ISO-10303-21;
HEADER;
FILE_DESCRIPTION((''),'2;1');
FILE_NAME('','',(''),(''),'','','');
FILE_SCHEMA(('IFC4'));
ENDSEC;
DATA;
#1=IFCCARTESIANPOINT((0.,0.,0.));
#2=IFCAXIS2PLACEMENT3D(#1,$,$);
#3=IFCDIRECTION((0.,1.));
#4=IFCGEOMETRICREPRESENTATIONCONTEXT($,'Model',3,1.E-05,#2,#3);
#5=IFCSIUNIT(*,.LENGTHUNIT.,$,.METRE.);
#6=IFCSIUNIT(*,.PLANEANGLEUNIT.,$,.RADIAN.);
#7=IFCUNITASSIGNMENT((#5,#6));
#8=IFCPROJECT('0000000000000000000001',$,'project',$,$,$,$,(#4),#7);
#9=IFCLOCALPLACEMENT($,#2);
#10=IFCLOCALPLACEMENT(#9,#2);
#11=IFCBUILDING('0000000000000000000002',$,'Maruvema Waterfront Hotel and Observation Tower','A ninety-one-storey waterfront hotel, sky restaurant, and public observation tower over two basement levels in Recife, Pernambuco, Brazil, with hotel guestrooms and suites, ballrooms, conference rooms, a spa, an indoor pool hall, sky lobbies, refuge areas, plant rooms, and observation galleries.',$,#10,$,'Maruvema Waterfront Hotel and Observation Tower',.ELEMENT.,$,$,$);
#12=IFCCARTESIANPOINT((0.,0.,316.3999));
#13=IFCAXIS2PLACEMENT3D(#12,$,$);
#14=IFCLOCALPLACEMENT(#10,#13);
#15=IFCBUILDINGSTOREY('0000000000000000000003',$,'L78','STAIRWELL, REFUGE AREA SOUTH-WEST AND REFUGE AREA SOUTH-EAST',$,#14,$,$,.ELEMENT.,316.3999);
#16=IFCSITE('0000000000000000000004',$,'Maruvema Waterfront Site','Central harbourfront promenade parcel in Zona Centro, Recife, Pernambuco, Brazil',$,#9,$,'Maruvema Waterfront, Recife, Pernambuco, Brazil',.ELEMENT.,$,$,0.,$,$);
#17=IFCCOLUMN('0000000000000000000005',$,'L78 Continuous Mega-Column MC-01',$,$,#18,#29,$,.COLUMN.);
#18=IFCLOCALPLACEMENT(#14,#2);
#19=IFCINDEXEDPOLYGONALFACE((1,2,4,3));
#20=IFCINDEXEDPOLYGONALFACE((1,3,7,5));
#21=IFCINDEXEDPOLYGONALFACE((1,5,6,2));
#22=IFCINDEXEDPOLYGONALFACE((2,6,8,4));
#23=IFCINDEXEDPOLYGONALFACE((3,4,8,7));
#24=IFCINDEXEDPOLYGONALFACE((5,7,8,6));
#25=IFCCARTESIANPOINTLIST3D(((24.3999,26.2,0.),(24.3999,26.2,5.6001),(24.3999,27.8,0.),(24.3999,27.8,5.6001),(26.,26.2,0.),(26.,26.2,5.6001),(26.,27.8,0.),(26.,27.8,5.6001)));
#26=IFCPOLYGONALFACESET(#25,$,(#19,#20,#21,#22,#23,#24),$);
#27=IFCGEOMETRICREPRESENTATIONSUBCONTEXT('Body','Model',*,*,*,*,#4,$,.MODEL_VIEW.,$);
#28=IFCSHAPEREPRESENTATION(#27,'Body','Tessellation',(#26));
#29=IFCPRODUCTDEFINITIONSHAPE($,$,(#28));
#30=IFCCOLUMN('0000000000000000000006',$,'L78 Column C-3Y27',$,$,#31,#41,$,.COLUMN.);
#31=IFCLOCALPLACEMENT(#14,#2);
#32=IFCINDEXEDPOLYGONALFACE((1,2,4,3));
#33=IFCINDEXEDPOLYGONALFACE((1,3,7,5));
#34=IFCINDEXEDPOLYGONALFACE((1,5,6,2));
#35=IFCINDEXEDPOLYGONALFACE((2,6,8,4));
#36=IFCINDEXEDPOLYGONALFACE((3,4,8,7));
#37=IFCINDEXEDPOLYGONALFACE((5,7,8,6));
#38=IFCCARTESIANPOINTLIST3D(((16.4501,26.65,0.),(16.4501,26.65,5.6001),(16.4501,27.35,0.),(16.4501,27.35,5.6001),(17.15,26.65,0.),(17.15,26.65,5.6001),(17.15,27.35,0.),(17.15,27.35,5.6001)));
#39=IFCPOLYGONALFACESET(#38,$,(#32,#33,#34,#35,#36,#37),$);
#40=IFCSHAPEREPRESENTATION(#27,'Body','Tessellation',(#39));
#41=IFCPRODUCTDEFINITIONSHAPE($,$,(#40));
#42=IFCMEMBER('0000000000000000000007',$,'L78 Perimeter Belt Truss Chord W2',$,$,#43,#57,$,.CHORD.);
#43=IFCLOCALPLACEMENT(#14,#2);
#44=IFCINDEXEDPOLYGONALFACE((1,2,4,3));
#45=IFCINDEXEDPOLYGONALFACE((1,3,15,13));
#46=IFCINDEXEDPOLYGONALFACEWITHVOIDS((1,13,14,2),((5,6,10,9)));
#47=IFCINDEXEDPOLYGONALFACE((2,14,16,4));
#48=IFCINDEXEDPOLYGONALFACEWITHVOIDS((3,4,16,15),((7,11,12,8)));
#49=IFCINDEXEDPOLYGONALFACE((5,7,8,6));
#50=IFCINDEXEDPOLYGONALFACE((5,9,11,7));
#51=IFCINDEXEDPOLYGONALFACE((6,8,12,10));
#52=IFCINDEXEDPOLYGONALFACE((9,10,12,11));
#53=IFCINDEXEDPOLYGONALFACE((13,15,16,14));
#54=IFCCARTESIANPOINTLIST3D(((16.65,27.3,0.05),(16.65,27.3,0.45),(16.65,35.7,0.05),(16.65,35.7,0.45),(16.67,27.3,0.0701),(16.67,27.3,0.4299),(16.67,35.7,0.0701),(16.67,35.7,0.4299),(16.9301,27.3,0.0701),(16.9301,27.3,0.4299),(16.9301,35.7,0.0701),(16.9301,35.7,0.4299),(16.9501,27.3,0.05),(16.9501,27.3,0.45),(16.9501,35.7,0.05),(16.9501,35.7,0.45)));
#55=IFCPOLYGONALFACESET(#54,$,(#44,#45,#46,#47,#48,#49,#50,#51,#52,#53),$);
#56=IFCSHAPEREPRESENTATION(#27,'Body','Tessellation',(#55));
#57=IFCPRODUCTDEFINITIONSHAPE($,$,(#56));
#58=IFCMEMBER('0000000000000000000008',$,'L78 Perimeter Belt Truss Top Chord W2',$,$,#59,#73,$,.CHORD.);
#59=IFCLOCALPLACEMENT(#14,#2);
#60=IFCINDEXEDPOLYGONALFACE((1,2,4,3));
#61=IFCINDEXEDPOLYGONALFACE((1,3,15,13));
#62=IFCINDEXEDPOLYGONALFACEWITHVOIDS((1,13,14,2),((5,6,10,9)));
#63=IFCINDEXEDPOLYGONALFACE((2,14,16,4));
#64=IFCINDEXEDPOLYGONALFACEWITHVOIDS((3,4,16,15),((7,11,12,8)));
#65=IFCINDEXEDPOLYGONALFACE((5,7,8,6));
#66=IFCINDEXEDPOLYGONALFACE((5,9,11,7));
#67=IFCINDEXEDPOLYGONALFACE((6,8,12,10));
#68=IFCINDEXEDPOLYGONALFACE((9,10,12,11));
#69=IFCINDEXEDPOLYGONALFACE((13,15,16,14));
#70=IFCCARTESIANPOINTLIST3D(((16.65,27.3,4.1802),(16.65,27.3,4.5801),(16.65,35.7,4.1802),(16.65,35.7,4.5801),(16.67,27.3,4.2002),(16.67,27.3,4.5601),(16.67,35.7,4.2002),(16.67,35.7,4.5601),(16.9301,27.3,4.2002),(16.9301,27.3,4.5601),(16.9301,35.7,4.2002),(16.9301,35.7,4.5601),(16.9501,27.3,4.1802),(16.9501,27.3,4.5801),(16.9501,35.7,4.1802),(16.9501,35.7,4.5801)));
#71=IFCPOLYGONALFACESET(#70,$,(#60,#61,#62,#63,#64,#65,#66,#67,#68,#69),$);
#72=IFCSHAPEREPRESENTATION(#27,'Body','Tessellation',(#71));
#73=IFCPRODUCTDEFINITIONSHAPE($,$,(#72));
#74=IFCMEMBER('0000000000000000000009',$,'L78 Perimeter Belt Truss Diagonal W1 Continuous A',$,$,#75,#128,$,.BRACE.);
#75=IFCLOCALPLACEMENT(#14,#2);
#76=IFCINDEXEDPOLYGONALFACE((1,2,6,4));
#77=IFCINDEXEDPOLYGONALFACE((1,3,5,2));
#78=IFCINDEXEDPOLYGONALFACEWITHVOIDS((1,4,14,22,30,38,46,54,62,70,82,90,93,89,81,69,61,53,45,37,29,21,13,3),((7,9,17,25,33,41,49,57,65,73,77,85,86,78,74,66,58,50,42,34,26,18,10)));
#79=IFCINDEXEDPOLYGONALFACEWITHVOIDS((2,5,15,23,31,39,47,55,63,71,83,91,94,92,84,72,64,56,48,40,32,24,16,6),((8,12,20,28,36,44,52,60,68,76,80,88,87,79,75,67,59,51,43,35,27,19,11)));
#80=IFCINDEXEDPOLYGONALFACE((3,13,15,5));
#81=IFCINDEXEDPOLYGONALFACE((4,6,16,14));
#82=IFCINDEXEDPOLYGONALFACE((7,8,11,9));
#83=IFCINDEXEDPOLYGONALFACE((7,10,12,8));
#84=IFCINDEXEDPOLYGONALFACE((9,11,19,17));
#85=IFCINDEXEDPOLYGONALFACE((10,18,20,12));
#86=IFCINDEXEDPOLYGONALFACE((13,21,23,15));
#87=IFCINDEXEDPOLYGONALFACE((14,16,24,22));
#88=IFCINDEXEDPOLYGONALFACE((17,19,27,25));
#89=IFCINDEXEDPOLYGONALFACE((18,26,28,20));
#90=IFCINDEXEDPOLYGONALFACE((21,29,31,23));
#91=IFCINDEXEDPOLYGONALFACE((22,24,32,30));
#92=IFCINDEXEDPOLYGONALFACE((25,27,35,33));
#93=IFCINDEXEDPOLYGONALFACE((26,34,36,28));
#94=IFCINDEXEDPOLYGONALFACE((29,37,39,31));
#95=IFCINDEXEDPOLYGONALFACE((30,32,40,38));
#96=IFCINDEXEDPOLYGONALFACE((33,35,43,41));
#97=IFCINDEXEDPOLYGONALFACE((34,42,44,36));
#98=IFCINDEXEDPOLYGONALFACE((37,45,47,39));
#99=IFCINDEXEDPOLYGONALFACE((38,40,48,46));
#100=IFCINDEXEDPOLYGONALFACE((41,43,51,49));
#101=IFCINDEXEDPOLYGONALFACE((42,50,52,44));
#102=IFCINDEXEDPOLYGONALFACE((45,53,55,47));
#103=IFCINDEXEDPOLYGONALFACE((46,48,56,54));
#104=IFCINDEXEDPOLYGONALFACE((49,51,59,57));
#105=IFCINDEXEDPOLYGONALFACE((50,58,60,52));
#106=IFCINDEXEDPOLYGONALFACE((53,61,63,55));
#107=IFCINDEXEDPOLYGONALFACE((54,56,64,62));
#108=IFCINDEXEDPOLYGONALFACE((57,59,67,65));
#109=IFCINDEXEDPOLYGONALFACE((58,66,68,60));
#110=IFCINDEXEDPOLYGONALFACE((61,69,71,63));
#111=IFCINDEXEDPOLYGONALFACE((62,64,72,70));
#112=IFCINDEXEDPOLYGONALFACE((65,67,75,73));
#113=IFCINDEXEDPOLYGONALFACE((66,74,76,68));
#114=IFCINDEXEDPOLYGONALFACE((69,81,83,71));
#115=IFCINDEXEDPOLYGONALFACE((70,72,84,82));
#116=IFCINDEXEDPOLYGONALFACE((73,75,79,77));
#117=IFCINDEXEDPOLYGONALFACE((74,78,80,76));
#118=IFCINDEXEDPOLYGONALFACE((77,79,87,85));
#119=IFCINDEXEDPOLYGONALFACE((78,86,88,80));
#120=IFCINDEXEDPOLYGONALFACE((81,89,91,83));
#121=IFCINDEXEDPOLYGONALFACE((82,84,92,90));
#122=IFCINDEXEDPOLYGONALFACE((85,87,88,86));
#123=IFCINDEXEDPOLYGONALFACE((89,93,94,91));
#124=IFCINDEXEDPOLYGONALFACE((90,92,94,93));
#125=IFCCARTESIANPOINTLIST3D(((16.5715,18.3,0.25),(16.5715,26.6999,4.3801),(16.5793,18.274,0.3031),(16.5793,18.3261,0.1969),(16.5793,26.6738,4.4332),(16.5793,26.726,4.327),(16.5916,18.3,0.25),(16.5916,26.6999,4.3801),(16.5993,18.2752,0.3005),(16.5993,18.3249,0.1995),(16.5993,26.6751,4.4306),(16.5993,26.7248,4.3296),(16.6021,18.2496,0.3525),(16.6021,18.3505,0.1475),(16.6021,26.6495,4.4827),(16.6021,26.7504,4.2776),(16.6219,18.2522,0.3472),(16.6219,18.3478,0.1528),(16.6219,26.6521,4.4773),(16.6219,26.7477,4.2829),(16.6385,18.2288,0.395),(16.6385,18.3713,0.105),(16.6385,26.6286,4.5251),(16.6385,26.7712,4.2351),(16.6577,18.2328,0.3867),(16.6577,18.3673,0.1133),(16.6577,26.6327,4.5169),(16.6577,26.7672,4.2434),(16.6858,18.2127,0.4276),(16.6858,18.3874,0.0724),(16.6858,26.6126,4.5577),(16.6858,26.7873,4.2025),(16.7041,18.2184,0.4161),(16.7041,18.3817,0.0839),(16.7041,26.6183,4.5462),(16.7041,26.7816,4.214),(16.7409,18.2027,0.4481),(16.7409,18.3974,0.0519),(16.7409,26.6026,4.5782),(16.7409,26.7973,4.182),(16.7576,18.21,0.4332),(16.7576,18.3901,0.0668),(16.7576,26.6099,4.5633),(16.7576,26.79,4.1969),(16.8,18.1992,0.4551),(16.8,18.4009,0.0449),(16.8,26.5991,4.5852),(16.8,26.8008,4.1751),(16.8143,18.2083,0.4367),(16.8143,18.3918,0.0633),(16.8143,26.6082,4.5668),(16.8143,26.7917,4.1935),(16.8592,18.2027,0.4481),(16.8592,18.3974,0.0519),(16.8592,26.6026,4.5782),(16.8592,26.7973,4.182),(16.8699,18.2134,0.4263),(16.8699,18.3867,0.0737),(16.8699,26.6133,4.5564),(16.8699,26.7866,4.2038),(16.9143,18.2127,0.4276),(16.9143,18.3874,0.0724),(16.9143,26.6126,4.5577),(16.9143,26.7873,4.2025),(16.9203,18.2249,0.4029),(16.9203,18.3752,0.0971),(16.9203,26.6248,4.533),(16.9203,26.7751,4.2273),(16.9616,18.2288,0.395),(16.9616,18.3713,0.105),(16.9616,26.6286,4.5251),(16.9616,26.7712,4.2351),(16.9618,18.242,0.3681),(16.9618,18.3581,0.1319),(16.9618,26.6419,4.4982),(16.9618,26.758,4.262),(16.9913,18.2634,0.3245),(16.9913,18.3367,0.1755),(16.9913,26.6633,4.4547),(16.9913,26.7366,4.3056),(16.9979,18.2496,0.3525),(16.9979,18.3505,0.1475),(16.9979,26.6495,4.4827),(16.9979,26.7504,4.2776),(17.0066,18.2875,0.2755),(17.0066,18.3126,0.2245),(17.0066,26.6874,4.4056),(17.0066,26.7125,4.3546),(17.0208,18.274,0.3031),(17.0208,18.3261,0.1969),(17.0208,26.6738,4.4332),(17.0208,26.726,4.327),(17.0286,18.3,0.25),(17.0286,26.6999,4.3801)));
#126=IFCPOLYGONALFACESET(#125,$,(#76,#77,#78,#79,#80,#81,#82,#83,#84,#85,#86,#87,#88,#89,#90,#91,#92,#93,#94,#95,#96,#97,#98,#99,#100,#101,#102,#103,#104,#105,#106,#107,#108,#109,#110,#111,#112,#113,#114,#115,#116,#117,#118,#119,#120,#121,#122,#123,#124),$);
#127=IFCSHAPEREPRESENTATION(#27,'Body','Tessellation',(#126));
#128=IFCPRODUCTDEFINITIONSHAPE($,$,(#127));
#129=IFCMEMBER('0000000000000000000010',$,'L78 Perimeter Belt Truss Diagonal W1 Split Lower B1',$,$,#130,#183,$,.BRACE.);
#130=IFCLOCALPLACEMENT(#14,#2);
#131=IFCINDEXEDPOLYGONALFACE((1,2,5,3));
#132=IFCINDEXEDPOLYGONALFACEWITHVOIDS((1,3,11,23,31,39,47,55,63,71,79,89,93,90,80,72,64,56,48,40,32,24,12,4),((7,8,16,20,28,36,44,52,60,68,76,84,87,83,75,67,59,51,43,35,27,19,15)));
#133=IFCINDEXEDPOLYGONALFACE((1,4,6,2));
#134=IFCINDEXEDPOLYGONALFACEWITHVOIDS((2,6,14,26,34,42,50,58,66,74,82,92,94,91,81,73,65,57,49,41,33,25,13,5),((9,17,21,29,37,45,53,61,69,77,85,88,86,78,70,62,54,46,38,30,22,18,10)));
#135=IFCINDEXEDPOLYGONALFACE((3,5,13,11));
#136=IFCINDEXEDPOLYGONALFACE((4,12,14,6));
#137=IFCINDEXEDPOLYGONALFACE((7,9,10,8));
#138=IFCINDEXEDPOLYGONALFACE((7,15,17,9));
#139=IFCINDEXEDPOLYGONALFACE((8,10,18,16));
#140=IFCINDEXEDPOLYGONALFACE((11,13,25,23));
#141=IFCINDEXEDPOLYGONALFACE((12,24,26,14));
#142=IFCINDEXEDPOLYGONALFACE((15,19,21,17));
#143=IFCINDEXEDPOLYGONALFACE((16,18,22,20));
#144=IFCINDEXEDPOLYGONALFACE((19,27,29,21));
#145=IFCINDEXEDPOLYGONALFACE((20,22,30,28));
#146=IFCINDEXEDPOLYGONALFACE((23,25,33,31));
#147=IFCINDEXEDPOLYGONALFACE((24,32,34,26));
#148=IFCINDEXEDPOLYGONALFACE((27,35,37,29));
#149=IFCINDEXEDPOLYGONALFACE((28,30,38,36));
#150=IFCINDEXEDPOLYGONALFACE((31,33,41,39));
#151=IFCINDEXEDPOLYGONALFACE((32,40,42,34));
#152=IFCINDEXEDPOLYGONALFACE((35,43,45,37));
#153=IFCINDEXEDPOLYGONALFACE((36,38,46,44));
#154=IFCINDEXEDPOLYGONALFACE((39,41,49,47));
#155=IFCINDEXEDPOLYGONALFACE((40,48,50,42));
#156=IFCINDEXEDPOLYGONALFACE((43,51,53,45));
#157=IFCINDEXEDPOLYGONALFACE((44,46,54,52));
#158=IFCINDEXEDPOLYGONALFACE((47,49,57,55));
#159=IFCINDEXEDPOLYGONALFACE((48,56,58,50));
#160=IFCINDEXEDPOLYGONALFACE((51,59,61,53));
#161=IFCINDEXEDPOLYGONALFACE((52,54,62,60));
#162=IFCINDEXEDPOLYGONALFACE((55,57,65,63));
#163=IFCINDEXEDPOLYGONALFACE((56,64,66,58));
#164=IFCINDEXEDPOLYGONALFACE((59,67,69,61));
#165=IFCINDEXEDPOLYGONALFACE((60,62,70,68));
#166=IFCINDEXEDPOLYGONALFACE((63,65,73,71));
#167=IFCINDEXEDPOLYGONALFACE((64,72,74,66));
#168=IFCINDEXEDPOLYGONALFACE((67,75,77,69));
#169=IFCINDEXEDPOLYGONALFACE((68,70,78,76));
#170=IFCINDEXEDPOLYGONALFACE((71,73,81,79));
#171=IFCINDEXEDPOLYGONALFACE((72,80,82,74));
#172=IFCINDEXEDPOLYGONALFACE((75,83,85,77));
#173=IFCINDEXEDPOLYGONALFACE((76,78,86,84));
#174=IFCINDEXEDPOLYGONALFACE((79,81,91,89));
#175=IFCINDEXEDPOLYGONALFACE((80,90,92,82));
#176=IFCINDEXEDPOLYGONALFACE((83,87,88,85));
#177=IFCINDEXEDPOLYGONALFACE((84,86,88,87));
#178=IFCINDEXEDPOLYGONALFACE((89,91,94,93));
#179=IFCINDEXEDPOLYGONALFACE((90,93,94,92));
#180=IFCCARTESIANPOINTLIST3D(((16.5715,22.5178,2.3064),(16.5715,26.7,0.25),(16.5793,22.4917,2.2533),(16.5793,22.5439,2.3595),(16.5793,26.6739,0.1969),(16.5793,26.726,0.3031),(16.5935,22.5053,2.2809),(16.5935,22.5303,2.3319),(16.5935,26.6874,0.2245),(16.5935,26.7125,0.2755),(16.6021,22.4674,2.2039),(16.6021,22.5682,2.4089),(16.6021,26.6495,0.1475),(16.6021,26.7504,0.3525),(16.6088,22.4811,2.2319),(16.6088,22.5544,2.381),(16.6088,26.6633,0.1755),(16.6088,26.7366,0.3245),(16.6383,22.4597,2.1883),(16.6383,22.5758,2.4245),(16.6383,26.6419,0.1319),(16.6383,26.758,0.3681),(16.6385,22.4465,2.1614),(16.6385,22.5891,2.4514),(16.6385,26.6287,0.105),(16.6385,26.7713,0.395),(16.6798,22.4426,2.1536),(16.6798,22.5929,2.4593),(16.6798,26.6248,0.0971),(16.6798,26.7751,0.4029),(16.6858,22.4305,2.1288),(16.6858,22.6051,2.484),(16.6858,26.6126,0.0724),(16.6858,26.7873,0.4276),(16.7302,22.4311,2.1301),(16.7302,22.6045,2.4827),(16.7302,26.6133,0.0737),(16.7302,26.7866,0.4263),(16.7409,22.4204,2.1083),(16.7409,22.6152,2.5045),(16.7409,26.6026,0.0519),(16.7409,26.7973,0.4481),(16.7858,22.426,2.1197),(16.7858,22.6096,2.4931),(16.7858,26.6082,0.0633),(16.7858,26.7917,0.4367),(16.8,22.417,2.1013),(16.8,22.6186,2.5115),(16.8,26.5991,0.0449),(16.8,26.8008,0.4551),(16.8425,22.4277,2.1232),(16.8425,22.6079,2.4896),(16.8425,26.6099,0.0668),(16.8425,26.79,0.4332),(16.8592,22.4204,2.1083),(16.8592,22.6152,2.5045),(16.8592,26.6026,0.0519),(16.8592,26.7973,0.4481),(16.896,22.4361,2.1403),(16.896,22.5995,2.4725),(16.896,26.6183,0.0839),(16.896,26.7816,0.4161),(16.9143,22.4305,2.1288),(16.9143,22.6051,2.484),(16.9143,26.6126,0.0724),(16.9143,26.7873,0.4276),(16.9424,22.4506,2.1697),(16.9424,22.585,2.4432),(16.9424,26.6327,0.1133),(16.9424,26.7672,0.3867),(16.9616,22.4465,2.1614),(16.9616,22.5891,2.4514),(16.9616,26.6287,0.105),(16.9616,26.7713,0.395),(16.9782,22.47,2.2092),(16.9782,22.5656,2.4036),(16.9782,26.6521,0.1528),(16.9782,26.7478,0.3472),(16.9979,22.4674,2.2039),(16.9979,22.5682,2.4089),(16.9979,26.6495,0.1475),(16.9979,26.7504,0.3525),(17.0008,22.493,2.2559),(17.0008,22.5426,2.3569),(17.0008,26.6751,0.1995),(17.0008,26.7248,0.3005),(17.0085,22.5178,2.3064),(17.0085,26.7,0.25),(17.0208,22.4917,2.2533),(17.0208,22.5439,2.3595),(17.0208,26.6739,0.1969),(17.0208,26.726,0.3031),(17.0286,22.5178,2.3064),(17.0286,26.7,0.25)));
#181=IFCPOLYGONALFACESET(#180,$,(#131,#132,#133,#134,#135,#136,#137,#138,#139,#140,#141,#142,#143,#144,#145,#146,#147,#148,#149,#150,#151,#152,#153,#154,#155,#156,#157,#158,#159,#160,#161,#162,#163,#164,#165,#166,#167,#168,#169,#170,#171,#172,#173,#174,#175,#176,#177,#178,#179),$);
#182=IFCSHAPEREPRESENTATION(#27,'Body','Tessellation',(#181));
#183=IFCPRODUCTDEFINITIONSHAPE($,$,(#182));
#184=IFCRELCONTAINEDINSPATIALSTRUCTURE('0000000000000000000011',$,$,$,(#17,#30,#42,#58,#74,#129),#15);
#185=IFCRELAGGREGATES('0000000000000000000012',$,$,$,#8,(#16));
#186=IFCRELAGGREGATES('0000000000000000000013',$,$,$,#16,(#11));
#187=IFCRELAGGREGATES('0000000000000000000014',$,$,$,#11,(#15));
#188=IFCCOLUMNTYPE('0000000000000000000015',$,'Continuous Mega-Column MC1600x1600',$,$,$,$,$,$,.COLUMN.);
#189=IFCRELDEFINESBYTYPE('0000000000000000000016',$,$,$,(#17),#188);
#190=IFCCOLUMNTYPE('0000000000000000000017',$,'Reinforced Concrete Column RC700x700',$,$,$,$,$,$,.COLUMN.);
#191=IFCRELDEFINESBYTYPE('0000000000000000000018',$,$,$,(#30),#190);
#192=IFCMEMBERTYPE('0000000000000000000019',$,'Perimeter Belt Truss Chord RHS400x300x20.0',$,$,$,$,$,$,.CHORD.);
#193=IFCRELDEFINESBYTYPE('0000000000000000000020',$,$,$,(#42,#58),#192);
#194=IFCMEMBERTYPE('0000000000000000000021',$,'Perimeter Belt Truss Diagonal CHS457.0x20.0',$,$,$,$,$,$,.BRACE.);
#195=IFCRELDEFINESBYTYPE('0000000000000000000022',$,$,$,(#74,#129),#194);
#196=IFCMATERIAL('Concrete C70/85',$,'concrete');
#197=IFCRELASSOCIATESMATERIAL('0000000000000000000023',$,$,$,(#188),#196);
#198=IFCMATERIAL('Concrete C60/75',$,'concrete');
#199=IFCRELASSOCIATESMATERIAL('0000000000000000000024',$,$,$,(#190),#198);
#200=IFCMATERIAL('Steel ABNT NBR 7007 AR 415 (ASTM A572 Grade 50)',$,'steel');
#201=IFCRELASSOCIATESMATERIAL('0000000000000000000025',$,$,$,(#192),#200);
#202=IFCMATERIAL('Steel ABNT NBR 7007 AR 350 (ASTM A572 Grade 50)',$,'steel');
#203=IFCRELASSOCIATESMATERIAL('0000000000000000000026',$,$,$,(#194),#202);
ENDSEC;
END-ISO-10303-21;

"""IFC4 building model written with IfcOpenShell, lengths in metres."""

from ifc_helpers import new_model, si_unit, direction, frame, origin, origin_2d, place, context, subcontext, project, spatial, rectangle, hollow_rectangle, hollow_circle, extrude, material, material_profile, profile_set, type_object, element, save


model = new_model("IFC4")

# Units and contexts
model_context = context("Model", 3, precision=1e-05, world=origin(), true_north=direction((0.0, 1.0)))
body_context = subcontext(model_context, "Body", "Model", "MODEL_VIEW")
ifc_project = project(units=[si_unit("LENGTHUNIT", "METRE"), si_unit("PLANEANGLEUNIT", "RADIAN")], contexts=[model_context])

# Site, building, storey
site_placement = place(None, origin())
site = spatial("IfcSite", under=ifc_project, at=site_placement, Name="Maruvema Waterfront Site", Description="Central harbourfront promenade parcel in Zona Centro, Recife, Pernambuco, Brazil", LongName="Maruvema Waterfront, Recife, Pernambuco, Brazil", CompositionType="ELEMENT", RefElevation=0.0)
building_placement = place(site_placement, origin())
building = spatial("IfcBuilding", under=site, at=building_placement, Name="Maruvema Waterfront Hotel and Observation Tower", Description="A ninety-one-storey waterfront hotel, sky restaurant, and public observation tower over two basement levels in Recife, Pernambuco, Brazil, with hotel guestrooms and suites, ballrooms, conference rooms, a spa, an indoor pool hall, sky lobbies, refuge areas, plant rooms, and observation galleries.", LongName="Maruvema Waterfront Hotel and Observation Tower", CompositionType="ELEMENT")
storey_placement = place(building_placement, frame((0.0, 0.0, 316.3999)))
storey = spatial("IfcBuildingStorey", under=building, at=storey_placement, Name="L78", Description="STAIRWELL, REFUGE AREA SOUTH-WEST AND REFUGE AREA SOUTH-EAST", CompositionType="ELEMENT", Elevation=316.3999)

# Columns
ifc_material_1 = material(Name="Concrete C70/85", Category="concrete")
ifc_material_profile_1 = material_profile(ifc_material_1, rectangle(XDim=1.6001, YDim=1.6001, at=origin_2d()), Name="MC1600x1600")
ifc_profile_set_1 = profile_set([ifc_material_profile_1], Name="Concrete C70/85")
column_type_1 = type_object("IfcColumnType", Name="Continuous Mega-Column MC1600x1600", PredefinedType="COLUMN", material=ifc_profile_set_1)
column_1_placement = place(storey_placement, frame((25.2, 27.0, 0.0), z_axis=(0.0, 0.0, 1.0), x_axis=(1.0, 0.0, 0.0)))
element("IfcColumn", 1, at=column_1_placement, inside=storey, type_object=column_type_1, Name="L78 Continuous Mega-Column MC-01", PredefinedType="COLUMN", context=body_context, shape_type="SweptSolid", body=[
    extrude(rectangle(XDim=1.6001, YDim=1.6001, at=origin_2d()), origin(), (0.0, 0.0, 1.0), 5.6001),
])
ifc_material_2 = material(Name="Concrete C60/75", Category="concrete")
ifc_material_profile_2 = material_profile(ifc_material_2, rectangle(XDim=0.7, YDim=0.7, at=origin_2d()), Name="RC700x700")
ifc_profile_set_2 = profile_set([ifc_material_profile_2], Name="Concrete C60/75")
column_type_2 = type_object("IfcColumnType", Name="Reinforced Concrete Column RC700x700", PredefinedType="COLUMN", material=ifc_profile_set_2)
column_2_placement = place(storey_placement, frame((16.8, 27.0, 0.0), z_axis=(0.0, 0.0, 1.0), x_axis=(1.0, 0.0, 0.0)))
element("IfcColumn", 2, at=column_2_placement, inside=storey, type_object=column_type_2, Name="L78 Column C-3Y27", PredefinedType="COLUMN", context=body_context, shape_type="SweptSolid", body=[
    extrude(rectangle(XDim=0.7, YDim=0.7, at=origin_2d()), origin(), (0.0, 0.0, 1.0), 5.6001),
])

# Members
ifc_material_3 = material(Name="Steel ABNT NBR 7007 AR 415 (ASTM A572 Grade 50)", Category="steel")
ifc_material_profile_3 = material_profile(ifc_material_3, hollow_rectangle(XDim=0.3, YDim=0.3999, WallThickness=0.02, at=origin_2d()), Name="RHS400x300x20.0")
ifc_profile_set_3 = profile_set([ifc_material_profile_3], Name="Steel ABNT NBR 7007 AR 415 (ASTM A572 Grade 50)")
member_type_1 = type_object("IfcMemberType", Name="Perimeter Belt Truss Chord RHS400x300x20.0", PredefinedType="CHORD", material=ifc_profile_set_3)
for number, where, z_axis, x_axis, name in (
    (3, (16.8, 27.3, 0.25), (0.0, 1.0, 0.0), (-1.0, 0.0, 0.0), "L78 Perimeter Belt Truss Chord W2"),
    (4, (16.8, 27.3, 4.3801), (0.0, 1.0, 0.0), (-1.0, 0.0, 0.0), "L78 Perimeter Belt Truss Top Chord W2"),
):
    element("IfcMember", number, at=place(storey_placement, frame(where, z_axis=z_axis, x_axis=x_axis)), inside=storey, type_object=member_type_1, Name=name, PredefinedType="CHORD", context=body_context, shape_type="SweptSolid", body=[
        extrude(hollow_rectangle(XDim=0.3, YDim=0.3999, WallThickness=0.02, at=origin_2d()), origin(), (0.0, 0.0, 1.0), 8.3999),
    ])
ifc_material_4 = material(Name="Steel ABNT NBR 7007 AR 350 (ASTM A572 Grade 50)", Category="steel")
ifc_material_profile_4 = material_profile(ifc_material_4, hollow_circle(Radius=0.2285, WallThickness=0.02, at=origin_2d()), Name="CHS457.0x20.0")
ifc_profile_set_4 = profile_set([ifc_material_profile_4], Name="Steel ABNT NBR 7007 AR 350 (ASTM A572 Grade 50)")
member_type_2 = type_object("IfcMemberType", Name="Perimeter Belt Truss Diagonal CHS457.0x20.0", PredefinedType="BRACE", material=ifc_profile_set_4)
member_1_placement = place(storey_placement, frame((16.8, 18.3, 0.25), z_axis=(0.0, 0.897391, 0.441236), x_axis=(-1.0, 0.0, 0.0)))
element("IfcMember", 5, at=member_1_placement, inside=storey, type_object=member_type_2, Name="L78 Perimeter Belt Truss Diagonal W1 Continuous A", PredefinedType="BRACE", context=body_context, shape_type="SweptSolid", body=[
    extrude(hollow_circle(Radius=0.2285, WallThickness=0.02, at=origin_2d()), origin(), (0.0, 0.0, 1.0), 9.3604),
])
member_2_placement = place(storey_placement, frame((16.8, 26.7, 0.25), z_axis=(0.0, -0.897383, 0.441253), x_axis=(1.0, 0.0, 0.0)))
element("IfcMember", 6, at=member_2_placement, inside=storey, type_object=member_type_2, Name="L78 Perimeter Belt Truss Diagonal W1 Split Lower B1", PredefinedType="BRACE", context=body_context, shape_type="SweptSolid", body=[
    extrude(hollow_circle(Radius=0.2285, WallThickness=0.02, at=origin_2d()), origin(), (0.0, 0.0, 1.0), 4.6604),
])

save(model, "model.ifc")
